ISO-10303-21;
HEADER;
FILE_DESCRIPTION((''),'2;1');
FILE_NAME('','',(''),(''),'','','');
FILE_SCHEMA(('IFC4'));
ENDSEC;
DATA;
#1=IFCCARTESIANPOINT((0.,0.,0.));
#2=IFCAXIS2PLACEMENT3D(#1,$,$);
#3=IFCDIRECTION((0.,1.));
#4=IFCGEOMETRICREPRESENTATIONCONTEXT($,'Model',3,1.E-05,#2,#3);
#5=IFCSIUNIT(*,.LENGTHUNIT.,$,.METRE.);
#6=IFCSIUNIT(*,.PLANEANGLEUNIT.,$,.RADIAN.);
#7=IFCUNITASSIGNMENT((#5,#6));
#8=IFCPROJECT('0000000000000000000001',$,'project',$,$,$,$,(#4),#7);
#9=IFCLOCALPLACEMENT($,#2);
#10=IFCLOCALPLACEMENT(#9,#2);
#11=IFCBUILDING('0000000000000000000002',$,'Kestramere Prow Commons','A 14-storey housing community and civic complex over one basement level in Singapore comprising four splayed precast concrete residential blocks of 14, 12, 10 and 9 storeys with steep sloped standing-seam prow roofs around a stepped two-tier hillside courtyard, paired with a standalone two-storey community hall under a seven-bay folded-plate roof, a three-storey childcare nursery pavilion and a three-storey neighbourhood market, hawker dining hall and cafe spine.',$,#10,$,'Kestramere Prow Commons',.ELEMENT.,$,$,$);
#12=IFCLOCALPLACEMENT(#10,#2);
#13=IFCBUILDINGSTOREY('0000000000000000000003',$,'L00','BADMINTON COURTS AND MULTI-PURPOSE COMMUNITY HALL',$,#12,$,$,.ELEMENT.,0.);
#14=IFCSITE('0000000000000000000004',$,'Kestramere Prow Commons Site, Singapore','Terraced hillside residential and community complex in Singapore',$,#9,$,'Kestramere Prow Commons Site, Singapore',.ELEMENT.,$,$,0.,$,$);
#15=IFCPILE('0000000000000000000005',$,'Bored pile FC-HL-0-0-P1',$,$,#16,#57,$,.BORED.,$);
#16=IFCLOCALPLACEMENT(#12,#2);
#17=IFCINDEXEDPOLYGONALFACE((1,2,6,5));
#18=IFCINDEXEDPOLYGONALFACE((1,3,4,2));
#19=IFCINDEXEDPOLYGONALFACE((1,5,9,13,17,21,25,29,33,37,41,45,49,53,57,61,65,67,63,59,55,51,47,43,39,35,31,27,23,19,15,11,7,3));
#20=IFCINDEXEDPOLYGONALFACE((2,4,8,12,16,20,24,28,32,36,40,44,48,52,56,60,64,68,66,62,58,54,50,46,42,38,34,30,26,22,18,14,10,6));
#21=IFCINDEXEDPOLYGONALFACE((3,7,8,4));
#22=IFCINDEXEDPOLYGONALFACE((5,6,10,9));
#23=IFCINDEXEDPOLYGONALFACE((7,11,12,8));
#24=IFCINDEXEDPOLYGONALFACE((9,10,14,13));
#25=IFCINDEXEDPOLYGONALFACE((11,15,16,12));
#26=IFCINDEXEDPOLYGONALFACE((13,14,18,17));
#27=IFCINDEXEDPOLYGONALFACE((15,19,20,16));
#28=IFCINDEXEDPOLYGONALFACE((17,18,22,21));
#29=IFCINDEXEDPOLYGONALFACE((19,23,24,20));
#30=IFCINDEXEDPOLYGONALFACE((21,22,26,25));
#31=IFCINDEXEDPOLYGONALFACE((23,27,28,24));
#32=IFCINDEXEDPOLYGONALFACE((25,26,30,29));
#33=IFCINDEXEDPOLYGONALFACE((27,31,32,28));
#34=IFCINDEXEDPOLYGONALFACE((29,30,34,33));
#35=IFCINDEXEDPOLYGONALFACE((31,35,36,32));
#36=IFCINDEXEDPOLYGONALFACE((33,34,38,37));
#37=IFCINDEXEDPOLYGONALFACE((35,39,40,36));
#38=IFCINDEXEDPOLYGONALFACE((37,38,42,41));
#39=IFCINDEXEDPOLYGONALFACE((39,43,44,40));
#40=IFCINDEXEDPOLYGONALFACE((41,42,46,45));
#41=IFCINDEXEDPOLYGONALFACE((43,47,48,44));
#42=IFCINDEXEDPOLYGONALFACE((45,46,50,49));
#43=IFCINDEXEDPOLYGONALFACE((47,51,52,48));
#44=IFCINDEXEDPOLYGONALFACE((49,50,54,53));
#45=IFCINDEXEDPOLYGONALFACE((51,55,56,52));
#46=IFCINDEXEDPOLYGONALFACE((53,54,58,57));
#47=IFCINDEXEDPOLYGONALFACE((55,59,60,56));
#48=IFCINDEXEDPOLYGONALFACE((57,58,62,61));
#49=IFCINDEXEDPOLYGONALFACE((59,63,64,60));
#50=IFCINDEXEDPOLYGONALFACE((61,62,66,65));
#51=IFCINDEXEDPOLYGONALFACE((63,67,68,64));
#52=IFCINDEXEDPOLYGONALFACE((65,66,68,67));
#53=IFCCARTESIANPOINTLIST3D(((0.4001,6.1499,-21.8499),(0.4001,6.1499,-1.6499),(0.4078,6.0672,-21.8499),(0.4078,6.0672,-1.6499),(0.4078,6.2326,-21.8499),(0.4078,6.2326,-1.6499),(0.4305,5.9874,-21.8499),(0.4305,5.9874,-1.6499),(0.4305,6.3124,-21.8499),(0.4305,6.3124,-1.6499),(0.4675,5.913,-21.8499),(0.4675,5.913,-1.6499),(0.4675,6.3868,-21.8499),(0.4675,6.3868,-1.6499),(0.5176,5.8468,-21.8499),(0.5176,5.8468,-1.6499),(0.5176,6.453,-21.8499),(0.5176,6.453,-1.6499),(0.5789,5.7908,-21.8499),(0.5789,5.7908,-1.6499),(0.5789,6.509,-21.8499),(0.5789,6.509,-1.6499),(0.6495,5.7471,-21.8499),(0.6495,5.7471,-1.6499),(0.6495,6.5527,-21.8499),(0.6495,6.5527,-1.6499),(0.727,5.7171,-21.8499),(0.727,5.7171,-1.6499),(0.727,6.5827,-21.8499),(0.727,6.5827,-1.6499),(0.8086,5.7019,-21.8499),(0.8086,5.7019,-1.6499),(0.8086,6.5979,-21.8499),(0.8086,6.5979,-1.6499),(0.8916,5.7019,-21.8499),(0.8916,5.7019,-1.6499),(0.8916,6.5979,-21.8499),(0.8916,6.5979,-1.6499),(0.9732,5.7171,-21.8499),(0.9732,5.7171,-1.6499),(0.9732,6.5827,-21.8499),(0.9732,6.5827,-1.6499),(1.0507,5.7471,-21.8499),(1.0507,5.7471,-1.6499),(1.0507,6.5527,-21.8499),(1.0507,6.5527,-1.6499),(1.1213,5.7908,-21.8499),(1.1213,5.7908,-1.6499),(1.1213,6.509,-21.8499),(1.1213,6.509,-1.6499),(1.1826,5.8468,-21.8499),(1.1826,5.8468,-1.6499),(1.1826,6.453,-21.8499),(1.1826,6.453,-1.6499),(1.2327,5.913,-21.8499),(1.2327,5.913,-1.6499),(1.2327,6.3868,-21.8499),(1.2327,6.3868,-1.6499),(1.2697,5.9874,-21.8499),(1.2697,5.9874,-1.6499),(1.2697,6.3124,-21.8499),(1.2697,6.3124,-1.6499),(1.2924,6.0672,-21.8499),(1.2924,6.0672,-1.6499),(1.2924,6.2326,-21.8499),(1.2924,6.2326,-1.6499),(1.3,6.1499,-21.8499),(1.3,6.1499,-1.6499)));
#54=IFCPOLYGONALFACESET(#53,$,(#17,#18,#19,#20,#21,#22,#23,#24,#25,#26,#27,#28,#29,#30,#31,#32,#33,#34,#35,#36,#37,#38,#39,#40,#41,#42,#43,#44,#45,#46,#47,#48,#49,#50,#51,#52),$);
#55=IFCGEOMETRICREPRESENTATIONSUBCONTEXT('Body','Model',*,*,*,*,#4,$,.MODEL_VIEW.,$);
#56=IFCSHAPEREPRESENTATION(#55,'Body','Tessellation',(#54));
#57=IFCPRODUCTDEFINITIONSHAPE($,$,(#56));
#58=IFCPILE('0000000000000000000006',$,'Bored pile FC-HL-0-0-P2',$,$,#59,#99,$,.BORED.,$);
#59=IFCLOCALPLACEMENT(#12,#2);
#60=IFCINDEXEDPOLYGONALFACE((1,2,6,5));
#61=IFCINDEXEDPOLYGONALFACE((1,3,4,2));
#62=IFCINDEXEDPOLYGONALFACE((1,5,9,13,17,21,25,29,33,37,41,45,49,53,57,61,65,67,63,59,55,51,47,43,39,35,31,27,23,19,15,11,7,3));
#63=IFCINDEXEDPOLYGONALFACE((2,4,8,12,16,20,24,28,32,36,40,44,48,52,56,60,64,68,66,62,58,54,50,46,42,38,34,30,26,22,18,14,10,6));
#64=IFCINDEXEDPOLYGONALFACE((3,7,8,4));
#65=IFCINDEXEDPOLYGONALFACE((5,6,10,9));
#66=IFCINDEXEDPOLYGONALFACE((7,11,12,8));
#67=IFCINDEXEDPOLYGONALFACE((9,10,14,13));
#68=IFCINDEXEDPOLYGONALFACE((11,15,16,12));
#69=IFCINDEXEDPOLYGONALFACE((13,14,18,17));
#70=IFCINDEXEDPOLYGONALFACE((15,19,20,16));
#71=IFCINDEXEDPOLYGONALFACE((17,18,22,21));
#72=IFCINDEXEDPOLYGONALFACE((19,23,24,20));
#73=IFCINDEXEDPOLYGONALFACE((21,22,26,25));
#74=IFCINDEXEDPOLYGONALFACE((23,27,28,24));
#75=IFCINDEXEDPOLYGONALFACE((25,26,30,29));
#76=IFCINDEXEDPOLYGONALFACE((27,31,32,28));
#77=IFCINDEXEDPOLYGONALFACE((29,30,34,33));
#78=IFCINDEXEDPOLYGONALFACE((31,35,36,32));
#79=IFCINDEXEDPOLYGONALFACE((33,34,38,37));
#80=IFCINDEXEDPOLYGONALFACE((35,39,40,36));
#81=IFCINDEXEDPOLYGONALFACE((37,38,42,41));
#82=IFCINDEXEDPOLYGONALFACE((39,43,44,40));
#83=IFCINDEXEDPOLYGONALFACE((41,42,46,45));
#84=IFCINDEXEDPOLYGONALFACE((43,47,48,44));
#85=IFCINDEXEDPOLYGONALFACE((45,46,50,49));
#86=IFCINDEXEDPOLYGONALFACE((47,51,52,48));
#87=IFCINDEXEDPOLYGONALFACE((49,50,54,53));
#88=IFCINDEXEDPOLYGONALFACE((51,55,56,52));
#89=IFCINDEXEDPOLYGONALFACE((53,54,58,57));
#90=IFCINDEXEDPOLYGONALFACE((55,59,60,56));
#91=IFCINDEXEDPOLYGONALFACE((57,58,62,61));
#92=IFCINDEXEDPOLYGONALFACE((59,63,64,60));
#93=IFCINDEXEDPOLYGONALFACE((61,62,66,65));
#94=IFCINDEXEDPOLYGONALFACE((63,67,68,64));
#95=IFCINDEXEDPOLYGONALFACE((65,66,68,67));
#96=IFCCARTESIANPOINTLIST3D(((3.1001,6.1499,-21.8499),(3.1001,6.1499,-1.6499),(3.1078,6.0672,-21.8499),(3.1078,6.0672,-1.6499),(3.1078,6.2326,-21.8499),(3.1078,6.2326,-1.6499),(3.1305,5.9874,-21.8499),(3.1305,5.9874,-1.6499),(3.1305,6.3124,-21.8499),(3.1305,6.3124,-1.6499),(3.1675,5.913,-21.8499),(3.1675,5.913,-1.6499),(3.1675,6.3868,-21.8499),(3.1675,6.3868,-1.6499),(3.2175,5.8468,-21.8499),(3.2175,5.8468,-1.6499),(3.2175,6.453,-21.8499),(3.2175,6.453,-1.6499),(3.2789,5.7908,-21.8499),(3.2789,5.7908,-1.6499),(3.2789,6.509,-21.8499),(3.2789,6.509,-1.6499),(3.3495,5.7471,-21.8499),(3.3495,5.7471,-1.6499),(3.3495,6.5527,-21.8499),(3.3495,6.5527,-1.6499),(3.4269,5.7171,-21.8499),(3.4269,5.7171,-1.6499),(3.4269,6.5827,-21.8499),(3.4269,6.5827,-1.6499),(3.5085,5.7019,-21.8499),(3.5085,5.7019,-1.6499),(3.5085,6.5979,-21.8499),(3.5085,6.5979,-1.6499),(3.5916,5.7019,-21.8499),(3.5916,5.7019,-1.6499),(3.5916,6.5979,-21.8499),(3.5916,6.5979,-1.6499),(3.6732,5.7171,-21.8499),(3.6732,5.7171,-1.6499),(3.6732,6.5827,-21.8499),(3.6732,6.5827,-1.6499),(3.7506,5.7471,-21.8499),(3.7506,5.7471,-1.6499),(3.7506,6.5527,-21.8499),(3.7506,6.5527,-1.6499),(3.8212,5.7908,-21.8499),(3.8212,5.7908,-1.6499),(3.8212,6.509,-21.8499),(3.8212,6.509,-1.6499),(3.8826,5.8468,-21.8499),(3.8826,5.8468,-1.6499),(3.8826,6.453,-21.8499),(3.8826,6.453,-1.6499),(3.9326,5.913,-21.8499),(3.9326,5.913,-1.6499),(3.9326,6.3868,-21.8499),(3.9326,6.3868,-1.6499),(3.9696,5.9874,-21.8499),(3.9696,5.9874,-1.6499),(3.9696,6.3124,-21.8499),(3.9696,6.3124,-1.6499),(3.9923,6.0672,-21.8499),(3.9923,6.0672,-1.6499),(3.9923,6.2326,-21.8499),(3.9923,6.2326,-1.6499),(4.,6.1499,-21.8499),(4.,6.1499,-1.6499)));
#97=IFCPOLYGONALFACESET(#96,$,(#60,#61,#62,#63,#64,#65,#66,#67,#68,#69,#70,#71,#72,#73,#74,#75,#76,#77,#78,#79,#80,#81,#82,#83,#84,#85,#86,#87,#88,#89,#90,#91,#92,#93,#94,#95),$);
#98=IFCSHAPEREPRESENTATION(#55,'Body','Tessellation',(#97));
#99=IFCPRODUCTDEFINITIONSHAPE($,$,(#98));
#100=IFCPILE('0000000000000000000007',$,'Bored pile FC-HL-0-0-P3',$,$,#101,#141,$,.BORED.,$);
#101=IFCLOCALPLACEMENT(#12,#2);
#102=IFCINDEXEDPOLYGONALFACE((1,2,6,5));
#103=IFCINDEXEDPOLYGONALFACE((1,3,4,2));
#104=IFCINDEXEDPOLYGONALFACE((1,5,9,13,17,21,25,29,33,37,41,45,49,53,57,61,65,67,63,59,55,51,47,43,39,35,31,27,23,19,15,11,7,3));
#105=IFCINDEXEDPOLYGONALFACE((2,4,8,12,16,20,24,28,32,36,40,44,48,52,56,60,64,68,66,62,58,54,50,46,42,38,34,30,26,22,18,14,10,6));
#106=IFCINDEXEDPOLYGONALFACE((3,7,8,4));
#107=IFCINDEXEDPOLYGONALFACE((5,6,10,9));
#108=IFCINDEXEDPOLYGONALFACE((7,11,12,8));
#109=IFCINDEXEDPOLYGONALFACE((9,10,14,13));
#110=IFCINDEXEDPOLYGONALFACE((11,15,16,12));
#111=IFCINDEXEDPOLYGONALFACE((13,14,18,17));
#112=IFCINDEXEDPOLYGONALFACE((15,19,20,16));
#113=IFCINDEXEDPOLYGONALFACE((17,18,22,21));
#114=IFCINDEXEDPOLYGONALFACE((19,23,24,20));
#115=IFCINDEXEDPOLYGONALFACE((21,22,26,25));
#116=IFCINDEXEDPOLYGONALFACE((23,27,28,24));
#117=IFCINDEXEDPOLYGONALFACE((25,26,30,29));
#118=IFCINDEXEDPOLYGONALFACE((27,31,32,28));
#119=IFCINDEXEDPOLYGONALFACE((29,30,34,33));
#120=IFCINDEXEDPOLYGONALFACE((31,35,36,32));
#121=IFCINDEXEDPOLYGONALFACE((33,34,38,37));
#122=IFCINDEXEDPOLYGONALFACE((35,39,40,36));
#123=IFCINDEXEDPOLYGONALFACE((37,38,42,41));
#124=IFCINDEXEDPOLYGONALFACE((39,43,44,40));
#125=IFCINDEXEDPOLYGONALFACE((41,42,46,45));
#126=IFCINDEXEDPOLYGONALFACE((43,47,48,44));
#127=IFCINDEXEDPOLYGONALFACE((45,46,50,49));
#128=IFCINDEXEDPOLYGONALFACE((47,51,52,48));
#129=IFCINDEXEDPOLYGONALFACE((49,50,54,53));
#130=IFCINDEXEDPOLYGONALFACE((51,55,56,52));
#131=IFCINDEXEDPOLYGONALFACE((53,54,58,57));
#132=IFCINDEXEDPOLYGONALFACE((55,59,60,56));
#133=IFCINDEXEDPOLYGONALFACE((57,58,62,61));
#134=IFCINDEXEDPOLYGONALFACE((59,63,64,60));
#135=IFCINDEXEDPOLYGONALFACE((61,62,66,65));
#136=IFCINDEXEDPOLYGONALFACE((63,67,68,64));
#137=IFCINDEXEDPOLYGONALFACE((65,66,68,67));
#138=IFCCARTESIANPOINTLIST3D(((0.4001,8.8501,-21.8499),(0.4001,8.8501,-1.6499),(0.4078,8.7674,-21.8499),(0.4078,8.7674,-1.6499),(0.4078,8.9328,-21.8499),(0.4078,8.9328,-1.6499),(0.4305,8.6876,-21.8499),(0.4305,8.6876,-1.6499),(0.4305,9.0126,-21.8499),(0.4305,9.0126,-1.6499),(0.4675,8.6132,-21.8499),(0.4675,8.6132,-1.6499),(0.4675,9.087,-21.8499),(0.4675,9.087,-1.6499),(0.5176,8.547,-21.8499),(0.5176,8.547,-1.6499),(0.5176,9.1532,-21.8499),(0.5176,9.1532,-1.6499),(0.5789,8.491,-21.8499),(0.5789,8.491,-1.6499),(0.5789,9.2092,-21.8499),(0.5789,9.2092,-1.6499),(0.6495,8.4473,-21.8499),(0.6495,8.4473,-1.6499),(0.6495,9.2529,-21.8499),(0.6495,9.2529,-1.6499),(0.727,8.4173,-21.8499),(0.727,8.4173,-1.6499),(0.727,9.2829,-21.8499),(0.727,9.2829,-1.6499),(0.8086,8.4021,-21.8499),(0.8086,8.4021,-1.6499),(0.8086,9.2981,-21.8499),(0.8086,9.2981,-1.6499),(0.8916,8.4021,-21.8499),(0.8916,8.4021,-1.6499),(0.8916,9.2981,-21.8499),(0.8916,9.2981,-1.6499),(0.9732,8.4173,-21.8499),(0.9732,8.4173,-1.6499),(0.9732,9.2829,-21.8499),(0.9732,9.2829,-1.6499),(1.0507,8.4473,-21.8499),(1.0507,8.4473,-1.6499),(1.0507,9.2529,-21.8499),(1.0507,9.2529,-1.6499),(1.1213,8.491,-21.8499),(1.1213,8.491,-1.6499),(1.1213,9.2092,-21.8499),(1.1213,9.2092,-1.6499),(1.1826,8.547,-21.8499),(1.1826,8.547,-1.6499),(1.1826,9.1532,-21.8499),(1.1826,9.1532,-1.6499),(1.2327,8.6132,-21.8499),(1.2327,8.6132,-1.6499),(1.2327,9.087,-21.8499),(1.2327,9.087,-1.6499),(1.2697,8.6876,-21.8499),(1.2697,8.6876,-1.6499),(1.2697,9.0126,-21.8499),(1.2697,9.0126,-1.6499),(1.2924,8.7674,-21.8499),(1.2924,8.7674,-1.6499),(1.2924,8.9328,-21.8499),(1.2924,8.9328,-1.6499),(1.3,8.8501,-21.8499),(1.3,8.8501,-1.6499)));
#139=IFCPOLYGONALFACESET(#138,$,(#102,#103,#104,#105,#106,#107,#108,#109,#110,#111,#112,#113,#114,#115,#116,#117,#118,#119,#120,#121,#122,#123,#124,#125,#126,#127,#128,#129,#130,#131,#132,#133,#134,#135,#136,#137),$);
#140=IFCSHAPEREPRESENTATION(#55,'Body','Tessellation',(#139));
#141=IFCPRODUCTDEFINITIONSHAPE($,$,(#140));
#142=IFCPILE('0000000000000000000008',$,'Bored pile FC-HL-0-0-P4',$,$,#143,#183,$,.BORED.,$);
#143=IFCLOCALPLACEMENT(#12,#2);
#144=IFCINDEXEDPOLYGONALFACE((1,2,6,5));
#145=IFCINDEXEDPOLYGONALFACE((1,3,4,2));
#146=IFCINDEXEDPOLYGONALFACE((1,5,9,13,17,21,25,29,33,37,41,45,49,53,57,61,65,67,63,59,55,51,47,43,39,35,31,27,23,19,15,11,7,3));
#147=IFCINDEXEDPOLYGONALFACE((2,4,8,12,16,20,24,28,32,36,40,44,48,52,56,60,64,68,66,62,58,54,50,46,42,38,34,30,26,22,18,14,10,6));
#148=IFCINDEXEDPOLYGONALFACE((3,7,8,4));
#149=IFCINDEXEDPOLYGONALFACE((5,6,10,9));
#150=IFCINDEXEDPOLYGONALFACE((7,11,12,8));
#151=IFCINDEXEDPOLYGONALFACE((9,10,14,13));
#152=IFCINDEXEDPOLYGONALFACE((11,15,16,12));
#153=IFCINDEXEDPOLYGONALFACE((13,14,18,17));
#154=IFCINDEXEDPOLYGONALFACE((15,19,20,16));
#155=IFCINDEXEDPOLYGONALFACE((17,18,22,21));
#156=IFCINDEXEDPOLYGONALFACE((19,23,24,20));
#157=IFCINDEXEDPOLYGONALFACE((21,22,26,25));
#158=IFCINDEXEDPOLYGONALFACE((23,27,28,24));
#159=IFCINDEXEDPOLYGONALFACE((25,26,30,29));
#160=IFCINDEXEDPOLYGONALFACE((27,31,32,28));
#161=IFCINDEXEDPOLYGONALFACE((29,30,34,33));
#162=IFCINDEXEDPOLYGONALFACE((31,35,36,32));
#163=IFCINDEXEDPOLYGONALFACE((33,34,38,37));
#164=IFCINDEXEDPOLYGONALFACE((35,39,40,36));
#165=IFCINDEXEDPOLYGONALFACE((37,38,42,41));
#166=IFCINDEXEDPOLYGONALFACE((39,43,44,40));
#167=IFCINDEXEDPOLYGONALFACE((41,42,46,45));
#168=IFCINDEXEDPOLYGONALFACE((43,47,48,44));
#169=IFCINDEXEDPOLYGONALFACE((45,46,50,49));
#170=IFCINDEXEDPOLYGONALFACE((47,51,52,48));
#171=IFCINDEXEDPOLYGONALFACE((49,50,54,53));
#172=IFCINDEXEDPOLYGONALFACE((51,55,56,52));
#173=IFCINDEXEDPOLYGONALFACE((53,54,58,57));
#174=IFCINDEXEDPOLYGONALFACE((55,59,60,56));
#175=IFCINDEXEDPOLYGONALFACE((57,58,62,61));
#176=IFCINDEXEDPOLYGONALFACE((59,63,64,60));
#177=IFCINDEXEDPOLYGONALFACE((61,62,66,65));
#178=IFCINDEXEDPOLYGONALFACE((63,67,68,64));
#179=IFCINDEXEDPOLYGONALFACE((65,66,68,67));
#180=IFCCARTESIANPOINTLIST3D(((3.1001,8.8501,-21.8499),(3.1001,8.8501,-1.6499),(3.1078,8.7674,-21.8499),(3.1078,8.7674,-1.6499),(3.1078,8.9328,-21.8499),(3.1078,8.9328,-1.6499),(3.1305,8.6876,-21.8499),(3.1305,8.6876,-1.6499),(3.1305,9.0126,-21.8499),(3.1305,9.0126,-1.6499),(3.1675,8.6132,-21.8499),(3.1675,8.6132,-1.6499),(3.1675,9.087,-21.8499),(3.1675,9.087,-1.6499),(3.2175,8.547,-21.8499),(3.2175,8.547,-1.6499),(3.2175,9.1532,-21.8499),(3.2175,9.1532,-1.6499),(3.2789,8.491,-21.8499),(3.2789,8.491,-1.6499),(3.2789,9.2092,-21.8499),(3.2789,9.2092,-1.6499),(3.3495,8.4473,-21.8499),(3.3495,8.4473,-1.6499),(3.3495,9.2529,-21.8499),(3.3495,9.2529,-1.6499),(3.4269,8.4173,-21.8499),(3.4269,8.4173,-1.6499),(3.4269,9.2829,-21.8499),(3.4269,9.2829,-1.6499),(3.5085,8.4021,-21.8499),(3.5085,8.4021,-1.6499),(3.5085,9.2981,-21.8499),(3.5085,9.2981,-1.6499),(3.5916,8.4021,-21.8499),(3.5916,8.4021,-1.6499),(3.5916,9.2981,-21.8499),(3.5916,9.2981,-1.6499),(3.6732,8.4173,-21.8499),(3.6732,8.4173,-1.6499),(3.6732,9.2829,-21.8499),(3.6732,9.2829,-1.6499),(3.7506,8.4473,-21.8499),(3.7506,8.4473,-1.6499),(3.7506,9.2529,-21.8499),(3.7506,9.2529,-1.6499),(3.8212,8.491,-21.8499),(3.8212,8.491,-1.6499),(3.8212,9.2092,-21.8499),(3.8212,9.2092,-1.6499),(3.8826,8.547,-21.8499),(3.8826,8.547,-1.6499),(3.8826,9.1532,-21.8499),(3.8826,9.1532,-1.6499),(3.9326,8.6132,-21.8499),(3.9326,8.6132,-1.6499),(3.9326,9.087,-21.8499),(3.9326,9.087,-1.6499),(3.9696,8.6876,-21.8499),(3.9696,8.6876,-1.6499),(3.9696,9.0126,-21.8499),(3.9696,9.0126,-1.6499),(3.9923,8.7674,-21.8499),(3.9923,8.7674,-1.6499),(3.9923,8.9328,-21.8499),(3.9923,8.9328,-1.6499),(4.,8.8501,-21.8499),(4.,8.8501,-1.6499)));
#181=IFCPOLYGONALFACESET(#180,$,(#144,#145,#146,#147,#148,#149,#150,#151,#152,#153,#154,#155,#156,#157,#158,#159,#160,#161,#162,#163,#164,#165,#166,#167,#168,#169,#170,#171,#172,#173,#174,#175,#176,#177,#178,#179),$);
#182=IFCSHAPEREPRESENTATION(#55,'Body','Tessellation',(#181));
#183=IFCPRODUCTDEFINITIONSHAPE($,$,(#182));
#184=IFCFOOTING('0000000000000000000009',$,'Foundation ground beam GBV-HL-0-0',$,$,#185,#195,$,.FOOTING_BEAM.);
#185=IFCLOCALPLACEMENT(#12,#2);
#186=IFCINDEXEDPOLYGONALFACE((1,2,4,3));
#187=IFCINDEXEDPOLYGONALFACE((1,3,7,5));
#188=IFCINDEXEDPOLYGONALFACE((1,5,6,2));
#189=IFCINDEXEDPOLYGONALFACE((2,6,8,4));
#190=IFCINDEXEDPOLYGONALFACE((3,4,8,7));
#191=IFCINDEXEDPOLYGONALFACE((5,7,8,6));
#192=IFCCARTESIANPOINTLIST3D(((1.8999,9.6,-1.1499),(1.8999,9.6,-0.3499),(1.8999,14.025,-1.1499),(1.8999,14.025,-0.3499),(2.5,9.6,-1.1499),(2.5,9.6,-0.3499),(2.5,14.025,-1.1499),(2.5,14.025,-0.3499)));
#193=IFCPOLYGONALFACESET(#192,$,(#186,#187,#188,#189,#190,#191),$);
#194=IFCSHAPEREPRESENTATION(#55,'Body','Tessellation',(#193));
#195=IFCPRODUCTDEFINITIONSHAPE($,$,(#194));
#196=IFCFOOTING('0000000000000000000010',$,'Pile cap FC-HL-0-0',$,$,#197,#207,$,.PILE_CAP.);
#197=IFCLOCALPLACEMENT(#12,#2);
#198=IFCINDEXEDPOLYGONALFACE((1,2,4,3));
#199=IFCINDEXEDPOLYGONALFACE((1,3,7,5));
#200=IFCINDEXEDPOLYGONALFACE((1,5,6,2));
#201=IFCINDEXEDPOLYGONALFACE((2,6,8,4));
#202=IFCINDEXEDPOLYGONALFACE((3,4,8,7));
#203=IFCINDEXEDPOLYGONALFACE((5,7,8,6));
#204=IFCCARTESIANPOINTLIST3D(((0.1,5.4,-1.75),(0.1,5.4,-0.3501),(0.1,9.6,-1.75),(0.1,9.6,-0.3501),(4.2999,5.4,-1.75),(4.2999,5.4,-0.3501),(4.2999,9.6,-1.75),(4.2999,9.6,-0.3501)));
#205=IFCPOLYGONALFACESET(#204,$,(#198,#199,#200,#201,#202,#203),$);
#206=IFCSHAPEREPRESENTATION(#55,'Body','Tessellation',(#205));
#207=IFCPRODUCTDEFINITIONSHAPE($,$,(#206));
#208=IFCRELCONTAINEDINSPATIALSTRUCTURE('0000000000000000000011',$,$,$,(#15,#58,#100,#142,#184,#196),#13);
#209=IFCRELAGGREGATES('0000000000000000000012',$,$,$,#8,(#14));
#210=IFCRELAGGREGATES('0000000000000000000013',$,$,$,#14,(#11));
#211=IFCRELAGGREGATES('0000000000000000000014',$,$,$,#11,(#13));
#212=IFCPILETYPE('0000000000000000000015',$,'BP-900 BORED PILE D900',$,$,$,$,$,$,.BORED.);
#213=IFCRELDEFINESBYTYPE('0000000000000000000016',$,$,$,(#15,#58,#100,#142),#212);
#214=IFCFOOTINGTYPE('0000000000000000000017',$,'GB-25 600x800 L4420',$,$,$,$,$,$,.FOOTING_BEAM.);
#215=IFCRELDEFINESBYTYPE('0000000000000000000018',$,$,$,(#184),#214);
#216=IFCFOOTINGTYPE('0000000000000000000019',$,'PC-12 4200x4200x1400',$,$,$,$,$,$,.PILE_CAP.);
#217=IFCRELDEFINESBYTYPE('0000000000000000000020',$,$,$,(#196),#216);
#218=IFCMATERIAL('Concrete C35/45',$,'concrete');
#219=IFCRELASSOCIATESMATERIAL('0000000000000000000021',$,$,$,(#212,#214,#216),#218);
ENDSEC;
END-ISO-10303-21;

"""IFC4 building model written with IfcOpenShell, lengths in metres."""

from ifc_helpers import new_model, si_unit, direction, frame, origin, origin_2d, place, context, subcontext, project, spatial, rectangle, circle, extrude, material, material_profile, profile_set, type_object, element, save


model = new_model("IFC4")

# Units and contexts
model_context = context("Model", 3, precision=1e-05, world=origin(), true_north=direction((0.0, 1.0)))
body_context = subcontext(model_context, "Body", "Model", "MODEL_VIEW")
ifc_project = project(units=[si_unit("LENGTHUNIT", "METRE"), si_unit("PLANEANGLEUNIT", "RADIAN")], contexts=[model_context])

# Site, building, storey
site_placement = place(None, origin())
site = spatial("IfcSite", under=ifc_project, at=site_placement, Name="Kestramere Prow Commons Site, Singapore", Description="Terraced hillside residential and community complex in Singapore", LongName="Kestramere Prow Commons Site, Singapore", CompositionType="ELEMENT", RefElevation=0.0)
building_placement = place(site_placement, origin())
building = spatial("IfcBuilding", under=site, at=building_placement, Name="Kestramere Prow Commons", Description="A 14-storey housing community and civic complex over one basement level in Singapore comprising four splayed precast concrete residential blocks of 14, 12, 10 and 9 storeys with steep sloped standing-seam prow roofs around a stepped two-tier hillside courtyard, paired with a standalone two-storey community hall under a seven-bay folded-plate roof, a three-storey childcare nursery pavilion and a three-storey neighbourhood market, hawker dining hall and cafe spine.", LongName="Kestramere Prow Commons", CompositionType="ELEMENT")
storey_placement = place(building_placement, origin())
storey = spatial("IfcBuildingStorey", under=building, at=storey_placement, Name="L00", Description="BADMINTON COURTS AND MULTI-PURPOSE COMMUNITY HALL", CompositionType="ELEMENT", Elevation=0.0)

# Piles
ifc_material_1 = material(Name="Concrete C35/45", Category="concrete")
ifc_material_profile_1 = material_profile(ifc_material_1, circle(Radius=0.45, at=origin_2d()), Name="BORED PILE D900")
ifc_profile_set_1 = profile_set([ifc_material_profile_1], Name="Concrete C35/45")
pile_type = type_object("IfcPileType", Name="BP-900 BORED PILE D900", PredefinedType="BORED", material=ifc_profile_set_1)
for number, where, z_axis, x_axis, name in (
    (1, (0.8501, 6.1499, -1.6499), (0.0, 0.0, -1.0), (1.0, 0.0, 0.0), "Bored pile FC-HL-0-0-P1"),
    (2, (3.55, 6.1499, -1.6499), (0.0, 0.0, -1.0), (1.0, 0.0, 0.0), "Bored pile FC-HL-0-0-P2"),
    (3, (0.8501, 8.8501, -1.6499), (0.0, 0.0, -1.0), (1.0, 0.0, 0.0), "Bored pile FC-HL-0-0-P3"),
    (4, (3.55, 8.8501, -1.6499), (0.0, 0.0, -1.0), (1.0, 0.0, 0.0), "Bored pile FC-HL-0-0-P4"),
):
    element("IfcPile", number, at=place(storey_placement, frame(where, z_axis=z_axis, x_axis=x_axis)), inside=storey, type_object=pile_type, Name=name, PredefinedType="BORED", context=body_context, shape_type="SweptSolid", body=[
        extrude(circle(Radius=0.45, at=origin_2d()), origin(), (0.0, 0.0, 1.0), 20.2),
    ])

# Footings
footing_type_1 = type_object("IfcFootingType", Name="GB-25 600x800 L4420", PredefinedType="FOOTING_BEAM", material=ifc_material_1)
footing_1_placement = place(storey_placement, frame((2.2, 11.8125, -1.1499), z_axis=(0.0, 0.0, 1.0), x_axis=(0.0, 1.0, 0.0)))
element("IfcFooting", 5, at=footing_1_placement, inside=storey, type_object=footing_type_1, Name="Foundation ground beam GBV-HL-0-0", PredefinedType="FOOTING_BEAM", context=body_context, shape_type="SweptSolid", body=[
    extrude(rectangle(XDim=4.425, YDim=0.6001, at=origin_2d()), origin(), (0.0, 0.0, 1.0), 0.8),
])
footing_type_2 = type_object("IfcFootingType", Name="PC-12 4200x4200x1400", PredefinedType="PILE_CAP", material=ifc_material_1)
footing_2_placement = place(storey_placement, frame((2.2, 7.5, -1.75), z_axis=(0.0, 0.0, 1.0), x_axis=(1.0, 0.0, 0.0)))
element("IfcFooting", 6, at=footing_2_placement, inside=storey, type_object=footing_type_2, Name="Pile cap FC-HL-0-0", PredefinedType="PILE_CAP", context=body_context, shape_type="SweptSolid", body=[
    extrude(rectangle(XDim=4.2, YDim=4.2, at=origin_2d()), origin(), (0.0, 0.0, 1.0), 1.3999),
])

save(model, "model.ifc")
